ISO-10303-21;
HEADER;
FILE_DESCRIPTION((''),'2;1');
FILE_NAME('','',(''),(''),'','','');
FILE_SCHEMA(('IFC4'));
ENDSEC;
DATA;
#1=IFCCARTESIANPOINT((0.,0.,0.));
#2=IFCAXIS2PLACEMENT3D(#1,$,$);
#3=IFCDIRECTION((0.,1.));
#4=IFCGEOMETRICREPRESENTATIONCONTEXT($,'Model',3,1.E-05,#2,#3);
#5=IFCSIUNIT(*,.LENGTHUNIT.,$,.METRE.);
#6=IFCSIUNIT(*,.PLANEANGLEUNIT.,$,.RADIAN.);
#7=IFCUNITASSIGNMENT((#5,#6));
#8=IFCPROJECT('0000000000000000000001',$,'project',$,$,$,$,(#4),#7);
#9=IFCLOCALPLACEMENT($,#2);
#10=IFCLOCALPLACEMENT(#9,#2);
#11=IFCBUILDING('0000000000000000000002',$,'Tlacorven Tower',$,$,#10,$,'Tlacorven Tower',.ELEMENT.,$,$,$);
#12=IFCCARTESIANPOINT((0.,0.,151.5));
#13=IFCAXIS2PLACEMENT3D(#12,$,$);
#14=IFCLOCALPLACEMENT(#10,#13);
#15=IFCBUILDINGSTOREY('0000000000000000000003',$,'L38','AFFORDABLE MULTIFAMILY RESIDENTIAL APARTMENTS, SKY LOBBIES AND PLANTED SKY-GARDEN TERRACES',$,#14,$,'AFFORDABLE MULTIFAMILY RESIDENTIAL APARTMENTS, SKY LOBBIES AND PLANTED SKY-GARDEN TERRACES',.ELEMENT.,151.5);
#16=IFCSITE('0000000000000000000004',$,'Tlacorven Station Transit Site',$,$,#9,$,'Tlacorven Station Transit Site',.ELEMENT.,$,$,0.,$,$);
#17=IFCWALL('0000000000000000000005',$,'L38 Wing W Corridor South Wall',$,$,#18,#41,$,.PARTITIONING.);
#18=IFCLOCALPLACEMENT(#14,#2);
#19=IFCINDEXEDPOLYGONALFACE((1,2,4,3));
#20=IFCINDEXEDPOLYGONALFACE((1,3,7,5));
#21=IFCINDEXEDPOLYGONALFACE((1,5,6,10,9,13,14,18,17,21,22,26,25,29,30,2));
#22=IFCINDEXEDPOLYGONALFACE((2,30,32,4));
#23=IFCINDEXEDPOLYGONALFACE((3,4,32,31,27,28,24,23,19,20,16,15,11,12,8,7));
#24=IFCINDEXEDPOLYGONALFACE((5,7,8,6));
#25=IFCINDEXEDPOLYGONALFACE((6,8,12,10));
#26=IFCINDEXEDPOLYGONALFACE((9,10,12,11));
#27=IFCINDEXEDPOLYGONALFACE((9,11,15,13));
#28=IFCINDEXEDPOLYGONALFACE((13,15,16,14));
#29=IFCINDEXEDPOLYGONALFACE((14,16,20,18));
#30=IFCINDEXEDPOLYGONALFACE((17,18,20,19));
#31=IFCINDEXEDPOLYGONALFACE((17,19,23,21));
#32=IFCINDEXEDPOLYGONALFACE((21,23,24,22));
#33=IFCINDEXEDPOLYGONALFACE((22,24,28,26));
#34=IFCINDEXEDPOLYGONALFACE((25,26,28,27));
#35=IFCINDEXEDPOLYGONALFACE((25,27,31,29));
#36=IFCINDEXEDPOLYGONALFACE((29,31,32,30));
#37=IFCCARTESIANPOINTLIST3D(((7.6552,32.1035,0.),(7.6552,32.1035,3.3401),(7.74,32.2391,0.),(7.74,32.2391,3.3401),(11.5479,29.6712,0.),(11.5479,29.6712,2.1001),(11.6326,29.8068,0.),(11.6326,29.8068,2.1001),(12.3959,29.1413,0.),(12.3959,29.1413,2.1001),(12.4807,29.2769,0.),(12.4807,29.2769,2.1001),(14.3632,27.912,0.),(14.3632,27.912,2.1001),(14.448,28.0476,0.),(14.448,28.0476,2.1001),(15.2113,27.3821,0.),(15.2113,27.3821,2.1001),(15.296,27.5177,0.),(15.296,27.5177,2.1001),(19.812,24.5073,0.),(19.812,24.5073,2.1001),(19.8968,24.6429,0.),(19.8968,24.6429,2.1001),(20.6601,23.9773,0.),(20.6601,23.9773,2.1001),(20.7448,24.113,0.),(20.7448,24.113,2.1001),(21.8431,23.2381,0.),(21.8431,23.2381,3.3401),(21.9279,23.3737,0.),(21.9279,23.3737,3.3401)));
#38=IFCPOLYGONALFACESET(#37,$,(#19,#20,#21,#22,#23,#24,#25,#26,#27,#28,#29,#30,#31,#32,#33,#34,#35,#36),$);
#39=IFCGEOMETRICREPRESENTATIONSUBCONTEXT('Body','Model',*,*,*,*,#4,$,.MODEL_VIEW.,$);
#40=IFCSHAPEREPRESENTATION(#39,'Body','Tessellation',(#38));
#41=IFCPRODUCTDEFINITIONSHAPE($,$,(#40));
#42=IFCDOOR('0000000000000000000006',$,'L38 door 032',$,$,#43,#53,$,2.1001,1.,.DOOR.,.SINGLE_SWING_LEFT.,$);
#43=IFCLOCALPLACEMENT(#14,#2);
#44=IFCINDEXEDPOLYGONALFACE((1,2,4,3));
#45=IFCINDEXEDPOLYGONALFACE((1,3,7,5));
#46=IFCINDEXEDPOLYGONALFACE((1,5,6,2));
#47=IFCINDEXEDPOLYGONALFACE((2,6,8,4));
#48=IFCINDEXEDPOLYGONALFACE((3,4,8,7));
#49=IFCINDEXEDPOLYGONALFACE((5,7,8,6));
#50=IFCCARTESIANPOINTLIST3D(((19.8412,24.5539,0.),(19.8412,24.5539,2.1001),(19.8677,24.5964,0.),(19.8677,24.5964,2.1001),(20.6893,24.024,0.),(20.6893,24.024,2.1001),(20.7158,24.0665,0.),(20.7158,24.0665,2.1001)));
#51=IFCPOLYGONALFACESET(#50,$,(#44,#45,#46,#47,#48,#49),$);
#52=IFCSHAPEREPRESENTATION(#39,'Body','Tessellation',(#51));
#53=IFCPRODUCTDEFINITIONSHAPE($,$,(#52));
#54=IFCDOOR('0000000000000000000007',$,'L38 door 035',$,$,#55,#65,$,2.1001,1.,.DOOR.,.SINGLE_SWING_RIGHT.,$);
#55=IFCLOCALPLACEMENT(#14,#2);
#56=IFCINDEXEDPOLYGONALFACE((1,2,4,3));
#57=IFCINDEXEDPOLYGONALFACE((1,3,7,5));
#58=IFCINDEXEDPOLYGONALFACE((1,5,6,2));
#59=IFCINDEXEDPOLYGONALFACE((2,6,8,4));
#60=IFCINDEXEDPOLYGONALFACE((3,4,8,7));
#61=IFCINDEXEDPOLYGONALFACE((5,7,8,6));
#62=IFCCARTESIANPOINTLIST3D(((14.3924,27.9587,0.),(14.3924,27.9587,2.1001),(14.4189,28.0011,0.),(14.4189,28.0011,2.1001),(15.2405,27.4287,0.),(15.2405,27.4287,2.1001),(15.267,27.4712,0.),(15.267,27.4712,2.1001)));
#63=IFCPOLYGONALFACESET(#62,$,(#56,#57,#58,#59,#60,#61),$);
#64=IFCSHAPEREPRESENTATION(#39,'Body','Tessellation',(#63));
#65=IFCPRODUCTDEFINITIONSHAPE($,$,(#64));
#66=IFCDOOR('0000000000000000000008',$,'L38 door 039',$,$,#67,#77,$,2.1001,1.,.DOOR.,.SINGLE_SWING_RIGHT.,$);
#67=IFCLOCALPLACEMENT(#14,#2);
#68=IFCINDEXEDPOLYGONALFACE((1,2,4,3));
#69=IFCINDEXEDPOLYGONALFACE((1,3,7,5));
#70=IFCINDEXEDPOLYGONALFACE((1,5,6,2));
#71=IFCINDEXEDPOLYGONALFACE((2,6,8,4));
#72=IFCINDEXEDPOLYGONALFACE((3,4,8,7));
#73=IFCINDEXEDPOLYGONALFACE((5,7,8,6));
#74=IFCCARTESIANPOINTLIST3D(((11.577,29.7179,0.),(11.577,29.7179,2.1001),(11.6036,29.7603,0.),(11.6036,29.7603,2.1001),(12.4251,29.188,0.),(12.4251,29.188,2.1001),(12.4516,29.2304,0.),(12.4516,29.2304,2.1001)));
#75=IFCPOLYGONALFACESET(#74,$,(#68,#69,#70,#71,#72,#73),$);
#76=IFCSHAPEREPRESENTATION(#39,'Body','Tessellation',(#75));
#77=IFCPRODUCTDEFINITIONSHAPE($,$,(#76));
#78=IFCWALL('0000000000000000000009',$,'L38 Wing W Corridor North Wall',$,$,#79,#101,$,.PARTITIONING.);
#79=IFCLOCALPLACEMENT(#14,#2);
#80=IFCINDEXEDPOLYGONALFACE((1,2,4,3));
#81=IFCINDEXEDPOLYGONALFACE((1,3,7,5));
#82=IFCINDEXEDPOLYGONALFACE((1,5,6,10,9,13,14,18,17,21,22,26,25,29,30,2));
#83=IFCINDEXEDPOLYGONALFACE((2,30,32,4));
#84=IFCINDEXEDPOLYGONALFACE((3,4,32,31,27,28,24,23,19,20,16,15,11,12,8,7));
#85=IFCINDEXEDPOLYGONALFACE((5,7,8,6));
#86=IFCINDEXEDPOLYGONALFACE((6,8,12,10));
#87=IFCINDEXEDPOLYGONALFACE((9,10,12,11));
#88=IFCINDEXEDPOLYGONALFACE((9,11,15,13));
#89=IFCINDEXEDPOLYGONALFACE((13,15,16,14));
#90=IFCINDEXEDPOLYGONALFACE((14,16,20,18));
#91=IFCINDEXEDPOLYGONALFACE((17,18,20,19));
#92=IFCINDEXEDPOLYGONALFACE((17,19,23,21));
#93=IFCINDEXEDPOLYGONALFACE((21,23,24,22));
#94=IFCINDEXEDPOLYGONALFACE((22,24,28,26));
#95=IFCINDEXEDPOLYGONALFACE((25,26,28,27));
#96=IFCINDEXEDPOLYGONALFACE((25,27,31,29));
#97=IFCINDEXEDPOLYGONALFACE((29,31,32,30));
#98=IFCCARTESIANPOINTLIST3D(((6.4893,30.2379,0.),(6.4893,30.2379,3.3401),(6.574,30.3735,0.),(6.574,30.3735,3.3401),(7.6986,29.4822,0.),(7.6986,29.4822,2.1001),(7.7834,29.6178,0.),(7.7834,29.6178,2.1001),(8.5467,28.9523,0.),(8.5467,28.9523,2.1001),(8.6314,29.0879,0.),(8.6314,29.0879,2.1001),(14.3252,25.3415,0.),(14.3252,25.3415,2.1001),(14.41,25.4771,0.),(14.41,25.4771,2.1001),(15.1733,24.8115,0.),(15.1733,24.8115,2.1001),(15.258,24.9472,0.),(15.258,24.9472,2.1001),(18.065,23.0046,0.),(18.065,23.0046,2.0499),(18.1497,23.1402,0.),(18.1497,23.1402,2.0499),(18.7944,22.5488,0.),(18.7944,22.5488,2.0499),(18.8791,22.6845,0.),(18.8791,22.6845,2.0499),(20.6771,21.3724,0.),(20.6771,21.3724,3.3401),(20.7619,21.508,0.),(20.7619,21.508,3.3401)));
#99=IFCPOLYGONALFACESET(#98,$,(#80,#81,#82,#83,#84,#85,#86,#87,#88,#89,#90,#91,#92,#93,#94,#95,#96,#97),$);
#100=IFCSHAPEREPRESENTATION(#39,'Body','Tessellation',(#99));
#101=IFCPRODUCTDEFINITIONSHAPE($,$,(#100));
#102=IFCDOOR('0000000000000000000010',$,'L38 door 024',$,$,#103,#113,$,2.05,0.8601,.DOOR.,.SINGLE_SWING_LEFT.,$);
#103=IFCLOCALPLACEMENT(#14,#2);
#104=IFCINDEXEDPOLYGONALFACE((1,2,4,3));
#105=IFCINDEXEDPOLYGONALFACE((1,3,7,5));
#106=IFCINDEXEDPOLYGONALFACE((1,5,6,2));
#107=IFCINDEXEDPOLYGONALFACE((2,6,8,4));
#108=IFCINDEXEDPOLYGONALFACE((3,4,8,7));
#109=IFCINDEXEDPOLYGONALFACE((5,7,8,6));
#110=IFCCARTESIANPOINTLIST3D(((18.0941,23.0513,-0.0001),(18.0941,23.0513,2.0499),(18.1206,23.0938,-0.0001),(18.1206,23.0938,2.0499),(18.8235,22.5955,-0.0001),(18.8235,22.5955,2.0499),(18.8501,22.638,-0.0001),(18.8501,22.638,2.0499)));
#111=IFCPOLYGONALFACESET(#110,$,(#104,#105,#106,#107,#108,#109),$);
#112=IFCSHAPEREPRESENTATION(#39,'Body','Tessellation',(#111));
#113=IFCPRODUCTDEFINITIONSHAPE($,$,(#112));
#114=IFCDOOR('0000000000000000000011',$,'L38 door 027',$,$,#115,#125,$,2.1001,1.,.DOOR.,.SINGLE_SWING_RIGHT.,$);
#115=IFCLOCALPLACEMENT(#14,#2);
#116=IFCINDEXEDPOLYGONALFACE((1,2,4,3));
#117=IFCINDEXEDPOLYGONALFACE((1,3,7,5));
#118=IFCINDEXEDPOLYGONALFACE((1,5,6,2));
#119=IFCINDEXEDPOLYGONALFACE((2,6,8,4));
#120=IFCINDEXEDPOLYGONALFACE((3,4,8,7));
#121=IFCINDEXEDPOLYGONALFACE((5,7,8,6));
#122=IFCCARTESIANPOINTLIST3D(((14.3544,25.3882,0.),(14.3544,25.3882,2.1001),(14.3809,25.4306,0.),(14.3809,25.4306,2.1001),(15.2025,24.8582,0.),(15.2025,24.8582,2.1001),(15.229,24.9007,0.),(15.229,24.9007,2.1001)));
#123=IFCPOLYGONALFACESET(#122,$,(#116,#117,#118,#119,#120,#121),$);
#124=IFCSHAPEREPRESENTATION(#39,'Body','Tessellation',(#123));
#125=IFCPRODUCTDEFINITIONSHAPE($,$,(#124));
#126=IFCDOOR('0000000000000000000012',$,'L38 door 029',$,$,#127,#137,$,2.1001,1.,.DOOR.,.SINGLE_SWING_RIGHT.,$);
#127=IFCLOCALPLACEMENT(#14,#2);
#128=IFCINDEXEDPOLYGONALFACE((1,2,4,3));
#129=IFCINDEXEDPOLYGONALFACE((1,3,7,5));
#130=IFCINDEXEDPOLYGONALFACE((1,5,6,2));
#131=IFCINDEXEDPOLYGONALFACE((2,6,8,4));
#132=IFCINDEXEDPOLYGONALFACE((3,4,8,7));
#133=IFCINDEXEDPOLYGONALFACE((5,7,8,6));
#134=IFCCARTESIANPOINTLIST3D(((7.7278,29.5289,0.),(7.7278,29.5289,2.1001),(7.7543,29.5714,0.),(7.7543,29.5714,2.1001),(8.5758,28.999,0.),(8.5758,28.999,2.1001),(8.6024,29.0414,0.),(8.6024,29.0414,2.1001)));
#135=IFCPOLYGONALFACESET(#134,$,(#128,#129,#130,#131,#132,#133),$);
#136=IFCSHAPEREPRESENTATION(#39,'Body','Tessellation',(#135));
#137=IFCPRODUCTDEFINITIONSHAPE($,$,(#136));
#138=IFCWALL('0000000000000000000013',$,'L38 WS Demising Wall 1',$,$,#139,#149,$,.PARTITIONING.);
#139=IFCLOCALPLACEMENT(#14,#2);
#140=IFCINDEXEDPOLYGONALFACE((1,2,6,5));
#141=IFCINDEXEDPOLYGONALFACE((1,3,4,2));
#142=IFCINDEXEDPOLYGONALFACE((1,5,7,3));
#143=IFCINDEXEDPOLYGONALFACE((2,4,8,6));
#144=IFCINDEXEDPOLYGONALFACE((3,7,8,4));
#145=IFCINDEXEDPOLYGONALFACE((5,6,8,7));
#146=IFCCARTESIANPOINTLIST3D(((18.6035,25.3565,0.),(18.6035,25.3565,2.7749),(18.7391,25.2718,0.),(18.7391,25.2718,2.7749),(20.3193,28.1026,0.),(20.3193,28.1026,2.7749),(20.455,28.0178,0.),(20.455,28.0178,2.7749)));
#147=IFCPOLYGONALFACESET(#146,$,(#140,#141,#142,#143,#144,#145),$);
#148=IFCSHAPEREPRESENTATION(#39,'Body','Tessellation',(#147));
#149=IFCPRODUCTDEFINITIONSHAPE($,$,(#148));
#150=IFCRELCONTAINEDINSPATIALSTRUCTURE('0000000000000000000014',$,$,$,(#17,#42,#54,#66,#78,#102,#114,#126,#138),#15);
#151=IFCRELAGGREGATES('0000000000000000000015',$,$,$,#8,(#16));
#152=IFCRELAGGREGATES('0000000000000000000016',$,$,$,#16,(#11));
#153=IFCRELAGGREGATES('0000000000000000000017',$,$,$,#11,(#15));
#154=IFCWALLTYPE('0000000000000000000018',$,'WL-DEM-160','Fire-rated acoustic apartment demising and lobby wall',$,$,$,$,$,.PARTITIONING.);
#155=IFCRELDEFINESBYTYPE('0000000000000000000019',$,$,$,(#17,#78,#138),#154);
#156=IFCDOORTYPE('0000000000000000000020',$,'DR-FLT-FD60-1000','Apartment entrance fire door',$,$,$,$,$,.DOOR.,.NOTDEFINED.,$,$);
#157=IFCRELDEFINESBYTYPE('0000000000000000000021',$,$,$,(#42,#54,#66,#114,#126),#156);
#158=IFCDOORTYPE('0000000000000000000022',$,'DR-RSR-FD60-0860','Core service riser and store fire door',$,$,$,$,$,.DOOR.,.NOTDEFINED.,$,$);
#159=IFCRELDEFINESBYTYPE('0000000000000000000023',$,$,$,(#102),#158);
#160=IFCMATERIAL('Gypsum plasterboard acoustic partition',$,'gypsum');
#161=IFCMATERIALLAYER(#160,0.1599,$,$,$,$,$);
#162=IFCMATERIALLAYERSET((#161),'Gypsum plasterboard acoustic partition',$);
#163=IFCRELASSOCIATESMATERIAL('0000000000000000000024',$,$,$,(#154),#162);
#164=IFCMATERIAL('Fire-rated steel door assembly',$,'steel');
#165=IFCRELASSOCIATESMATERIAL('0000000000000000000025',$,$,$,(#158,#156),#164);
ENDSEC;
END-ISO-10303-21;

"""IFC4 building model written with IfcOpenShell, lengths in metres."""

from ifc_helpers import new_model, si_unit, direction, frame, frame_2d, origin, place, context, subcontext, project, spatial, rectangle, extrude, source, transform, mapped, material, layer, layer_set, type_object, element, fill, save


model = new_model("IFC4")

# Units and contexts
model_context = context("Model", 3, precision=1e-05, world=origin(), true_north=direction((0.0, 1.0)))
body_context = subcontext(model_context, "Body", "Model", "MODEL_VIEW")
ifc_project = project(units=[si_unit("LENGTHUNIT", "METRE"), si_unit("PLANEANGLEUNIT", "RADIAN")], contexts=[model_context])

# Site, building, storey
site_placement = place(None, origin())
site = spatial("IfcSite", under=ifc_project, at=site_placement, Name="Tlacorven Station Transit Site", LongName="Tlacorven Station Transit Site", CompositionType="ELEMENT", RefElevation=0.0)
building_placement = place(site_placement, origin())
building = spatial("IfcBuilding", under=site, at=building_placement, Name="Tlacorven Tower", LongName="Tlacorven Tower", CompositionType="ELEMENT")
storey_placement = place(building_placement, frame((0.0, 0.0, 151.5)))
storey = spatial("IfcBuildingStorey", under=building, at=storey_placement, Name="L38", Description="AFFORDABLE MULTIFAMILY RESIDENTIAL APARTMENTS, SKY LOBBIES AND PLANTED SKY-GARDEN TERRACES", LongName="AFFORDABLE MULTIFAMILY RESIDENTIAL APARTMENTS, SKY LOBBIES AND PLANTED SKY-GARDEN TERRACES", CompositionType="ELEMENT", Elevation=151.5)

# Shared definitions
ifc_material_1 = material(Name="Gypsum plasterboard acoustic partition", Category="gypsum")
ifc_layer_1 = layer(ifc_material_1, 0.1599)
ifc_layer_set_1 = layer_set([ifc_layer_1], Name="Gypsum plasterboard acoustic partition")
wall_type_1 = type_object("IfcWallType", Name="WL-DEM-160", Description="Fire-rated acoustic apartment demising and lobby wall", PredefinedType="PARTITIONING", material=ifc_layer_set_1)
ifc_material_2 = material(Name="Fire-rated steel door assembly", Category="steel")
door_type_1 = type_object("IfcDoorType", Name="DR-RSR-FD60-0860", Description="Core service riser and store fire door", OperationType="NOTDEFINED", PredefinedType="DOOR", material=ifc_material_2)
shared_shape_1 = source(origin(), body_context, "Body", "SweptSolid", [
    extrude(rectangle(XDim=0.8601, YDim=2.05, at=frame_2d((0.4302, 1.0249))), frame((0.0, 0.0249, 0.0), z_axis=(0.0, -1.0, 0.0), x_axis=(1.0, 0.0, 0.0)), (0.0, 0.0, 1.0), 0.05),
])

# Walls, openings, doors
wall_1_placement = place(storey_placement, frame((21.8855, 23.3059, 0.0), z_axis=(0.0, 0.0, 1.0), x_axis=(-0.848052, 0.529912, 0.0)))
wall_1 = element("IfcWall", 1, at=wall_1_placement, inside=storey, type_object=wall_type_1, Name="L38 Wing W Corridor South Wall", PredefinedType="PARTITIONING", context=body_context, shape_type="SweptSolid", body=[
    extrude(rectangle(XDim=16.73, YDim=0.1599, at=frame_2d((8.365, 0.0))), origin(), (0.0, 0.0, 1.0), 3.3401),
])
opening_1_placement = place(wall_1_placement, frame((1.395, 0.0, 0.0)))
opening_1 = element("IfcOpeningElement", 2, at=opening_1_placement, cuts=wall_1, PredefinedType="OPENING", context=body_context, shape_type="SweptSolid", body=[
    extrude(rectangle(XDim=1.0, YDim=2.1001, at=frame_2d((0.5, 1.05))), frame((0.0, 0.0898, 0.0), z_axis=(0.0, -1.0, 0.0), x_axis=(1.0, 0.0, 0.0)), (0.0, 0.0, 1.0), 0.1799),
])
opening_2_placement = place(wall_1_placement, frame((7.8201, 0.0, 0.0)))
opening_2 = element("IfcOpeningElement", 3, at=opening_2_placement, cuts=wall_1, PredefinedType="OPENING", context=body_context, shape_type="SweptSolid", body=[
    extrude(rectangle(XDim=1.0, YDim=2.1001, at=frame_2d((0.5, 1.05))), frame((0.0, 0.0898, 0.0), z_axis=(0.0, -1.0, 0.0), x_axis=(1.0, 0.0, 0.0)), (0.0, 0.0, 1.0), 0.1799),
])
opening_3_placement = place(wall_1_placement, frame((11.1399, 0.0, 0.0)))
opening_3 = element("IfcOpeningElement", 4, at=opening_3_placement, cuts=wall_1, PredefinedType="OPENING", context=body_context, shape_type="SweptSolid", body=[
    extrude(rectangle(XDim=1.0, YDim=2.1001, at=frame_2d((0.5, 1.05))), frame((0.0, 0.0898, 0.0), z_axis=(0.0, -1.0, 0.0), x_axis=(1.0, 0.0, 0.0)), (0.0, 0.0, 1.0), 0.1799),
])
door_type_2 = type_object("IfcDoorType", Name="DR-FLT-FD60-1000", Description="Apartment entrance fire door", OperationType="NOTDEFINED", PredefinedType="DOOR", material=ifc_material_2)
shared_shape_2 = source(origin(), body_context, "Body", "SweptSolid", [
    extrude(rectangle(XDim=1.0, YDim=2.1001, at=frame_2d((0.5, 1.05))), frame((0.0, 0.0249, 0.0), z_axis=(0.0, -1.0, 0.0), x_axis=(1.0, 0.0, 0.0)), (0.0, 0.0, 1.0), 0.05),
])
door_1_placement = place(opening_1_placement, origin())
door_1 = element("IfcDoor", 5, at=door_1_placement, inside=storey, type_object=door_type_2, Name="L38 door 032", OperationType="SINGLE_SWING_LEFT", OverallHeight=2.1001, OverallWidth=1.0, PredefinedType="DOOR", context=body_context, shape_type="MappedRepresentation", body=[
    mapped(shared_shape_2, transform((0.0, 0.0, 0.0), scale=1.0)),
])
fill(opening_1, door_1)
door_2_placement = place(opening_2_placement, origin())
door_2 = element("IfcDoor", 6, at=door_2_placement, inside=storey, type_object=door_type_2, Name="L38 door 035", OperationType="SINGLE_SWING_RIGHT", OverallHeight=2.1001, OverallWidth=1.0, PredefinedType="DOOR", context=body_context, shape_type="MappedRepresentation", body=[
    mapped(shared_shape_2, transform((0.0, 0.0, 0.0), scale=1.0)),
])
fill(opening_2, door_2)
door_3_placement = place(opening_3_placement, origin())
door_3 = element("IfcDoor", 7, at=door_3_placement, inside=storey, type_object=door_type_2, Name="L38 door 039", OperationType="SINGLE_SWING_RIGHT", OverallHeight=2.1001, OverallWidth=1.0, PredefinedType="DOOR", context=body_context, shape_type="MappedRepresentation", body=[
    mapped(shared_shape_2, transform((0.0, 0.0, 0.0), scale=1.0)),
])
fill(opening_3, door_3)
wall_2_placement = place(storey_placement, frame((20.7195, 21.4402, 0.0), z_axis=(0.0, 0.0, 1.0), x_axis=(-0.848048, 0.529919, 0.0)))
wall_2 = element("IfcWall", 8, at=wall_2_placement, inside=storey, type_object=wall_type_1, Name="L38 Wing W Corridor North Wall", PredefinedType="PARTITIONING", context=body_context, shape_type="SweptSolid", body=[
    extrude(rectangle(XDim=16.73, YDim=0.1599, at=frame_2d((8.365, 0.0))), origin(), (0.0, 0.0, 1.0), 3.3401),
])
opening_4_placement = place(wall_2_placement, frame((2.22, 0.0, 0.0)))
opening_4 = element("IfcOpeningElement", 9, at=opening_4_placement, cuts=wall_2, PredefinedType="OPENING", context=body_context, shape_type="SweptSolid", body=[
    extrude(rectangle(XDim=0.8601, YDim=2.05, at=frame_2d((0.4302, 1.0249))), frame((0.0, 0.0898, 0.0), z_axis=(0.0, -1.0, 0.0), x_axis=(1.0, 0.0, 0.0)), (0.0, 0.0, 1.0), 0.1799),
])
opening_5_placement = place(wall_2_placement, frame((6.49, 0.0, 0.0)))
opening_5 = element("IfcOpeningElement", 10, at=opening_5_placement, cuts=wall_2, PredefinedType="OPENING", context=body_context, shape_type="SweptSolid", body=[
    extrude(rectangle(XDim=1.0, YDim=2.1001, at=frame_2d((0.5, 1.05))), frame((0.0, 0.0898, 0.0), z_axis=(0.0, -1.0, 0.0), x_axis=(1.0, 0.0, 0.0)), (0.0, 0.0, 1.0), 0.1799),
])
opening_6_placement = place(wall_2_placement, frame((14.304, 0.0, 0.0)))
opening_6 = element("IfcOpeningElement", 11, at=opening_6_placement, cuts=wall_2, PredefinedType="OPENING", context=body_context, shape_type="SweptSolid", body=[
    extrude(rectangle(XDim=1.0, YDim=2.1001, at=frame_2d((0.5, 1.05))), frame((0.0, 0.0898, 0.0), z_axis=(0.0, -1.0, 0.0), x_axis=(1.0, 0.0, 0.0)), (0.0, 0.0, 1.0), 0.1799),
])
door_4_placement = place(opening_4_placement, origin())
door_4 = element("IfcDoor", 12, at=door_4_placement, inside=storey, type_object=door_type_1, Name="L38 door 024", OperationType="SINGLE_SWING_LEFT", OverallHeight=2.05, OverallWidth=0.8601, PredefinedType="DOOR", context=body_context, shape_type="MappedRepresentation", body=[
    mapped(shared_shape_1, transform((0.0, 0.0, 0.0), scale=1.0)),
])
fill(opening_4, door_4)
door_5_placement = place(opening_5_placement, origin())
door_5 = element("IfcDoor", 13, at=door_5_placement, inside=storey, type_object=door_type_2, Name="L38 door 027", OperationType="SINGLE_SWING_RIGHT", OverallHeight=2.1001, OverallWidth=1.0, PredefinedType="DOOR", context=body_context, shape_type="MappedRepresentation", body=[
    mapped(shared_shape_2, transform((0.0, 0.0, 0.0), scale=1.0)),
])
fill(opening_5, door_5)
door_6_placement = place(opening_6_placement, origin())
door_6 = element("IfcDoor", 14, at=door_6_placement, inside=storey, type_object=door_type_2, Name="L38 door 029", OperationType="SINGLE_SWING_RIGHT", OverallHeight=2.1001, OverallWidth=1.0, PredefinedType="DOOR", context=body_context, shape_type="MappedRepresentation", body=[
    mapped(shared_shape_2, transform((0.0, 0.0, 0.0), scale=1.0)),
])
fill(opening_6, door_6)

# Wall
wall_3_placement = place(storey_placement, frame((20.3872, 28.0603, 0.0), z_axis=(0.0, 0.0, 1.0), x_axis=(-0.52989, -0.848066, 0.0)))
element("IfcWall", 15, at=wall_3_placement, inside=storey, type_object=wall_type_1, Name="L38 WS Demising Wall 1", PredefinedType="PARTITIONING", context=body_context, shape_type="SweptSolid", body=[
    extrude(rectangle(XDim=3.238, YDim=0.1599, at=frame_2d((1.6191, 0.0))), origin(), (0.0, 0.0, 1.0), 2.7749),
])

save(model, "model.ifc")
